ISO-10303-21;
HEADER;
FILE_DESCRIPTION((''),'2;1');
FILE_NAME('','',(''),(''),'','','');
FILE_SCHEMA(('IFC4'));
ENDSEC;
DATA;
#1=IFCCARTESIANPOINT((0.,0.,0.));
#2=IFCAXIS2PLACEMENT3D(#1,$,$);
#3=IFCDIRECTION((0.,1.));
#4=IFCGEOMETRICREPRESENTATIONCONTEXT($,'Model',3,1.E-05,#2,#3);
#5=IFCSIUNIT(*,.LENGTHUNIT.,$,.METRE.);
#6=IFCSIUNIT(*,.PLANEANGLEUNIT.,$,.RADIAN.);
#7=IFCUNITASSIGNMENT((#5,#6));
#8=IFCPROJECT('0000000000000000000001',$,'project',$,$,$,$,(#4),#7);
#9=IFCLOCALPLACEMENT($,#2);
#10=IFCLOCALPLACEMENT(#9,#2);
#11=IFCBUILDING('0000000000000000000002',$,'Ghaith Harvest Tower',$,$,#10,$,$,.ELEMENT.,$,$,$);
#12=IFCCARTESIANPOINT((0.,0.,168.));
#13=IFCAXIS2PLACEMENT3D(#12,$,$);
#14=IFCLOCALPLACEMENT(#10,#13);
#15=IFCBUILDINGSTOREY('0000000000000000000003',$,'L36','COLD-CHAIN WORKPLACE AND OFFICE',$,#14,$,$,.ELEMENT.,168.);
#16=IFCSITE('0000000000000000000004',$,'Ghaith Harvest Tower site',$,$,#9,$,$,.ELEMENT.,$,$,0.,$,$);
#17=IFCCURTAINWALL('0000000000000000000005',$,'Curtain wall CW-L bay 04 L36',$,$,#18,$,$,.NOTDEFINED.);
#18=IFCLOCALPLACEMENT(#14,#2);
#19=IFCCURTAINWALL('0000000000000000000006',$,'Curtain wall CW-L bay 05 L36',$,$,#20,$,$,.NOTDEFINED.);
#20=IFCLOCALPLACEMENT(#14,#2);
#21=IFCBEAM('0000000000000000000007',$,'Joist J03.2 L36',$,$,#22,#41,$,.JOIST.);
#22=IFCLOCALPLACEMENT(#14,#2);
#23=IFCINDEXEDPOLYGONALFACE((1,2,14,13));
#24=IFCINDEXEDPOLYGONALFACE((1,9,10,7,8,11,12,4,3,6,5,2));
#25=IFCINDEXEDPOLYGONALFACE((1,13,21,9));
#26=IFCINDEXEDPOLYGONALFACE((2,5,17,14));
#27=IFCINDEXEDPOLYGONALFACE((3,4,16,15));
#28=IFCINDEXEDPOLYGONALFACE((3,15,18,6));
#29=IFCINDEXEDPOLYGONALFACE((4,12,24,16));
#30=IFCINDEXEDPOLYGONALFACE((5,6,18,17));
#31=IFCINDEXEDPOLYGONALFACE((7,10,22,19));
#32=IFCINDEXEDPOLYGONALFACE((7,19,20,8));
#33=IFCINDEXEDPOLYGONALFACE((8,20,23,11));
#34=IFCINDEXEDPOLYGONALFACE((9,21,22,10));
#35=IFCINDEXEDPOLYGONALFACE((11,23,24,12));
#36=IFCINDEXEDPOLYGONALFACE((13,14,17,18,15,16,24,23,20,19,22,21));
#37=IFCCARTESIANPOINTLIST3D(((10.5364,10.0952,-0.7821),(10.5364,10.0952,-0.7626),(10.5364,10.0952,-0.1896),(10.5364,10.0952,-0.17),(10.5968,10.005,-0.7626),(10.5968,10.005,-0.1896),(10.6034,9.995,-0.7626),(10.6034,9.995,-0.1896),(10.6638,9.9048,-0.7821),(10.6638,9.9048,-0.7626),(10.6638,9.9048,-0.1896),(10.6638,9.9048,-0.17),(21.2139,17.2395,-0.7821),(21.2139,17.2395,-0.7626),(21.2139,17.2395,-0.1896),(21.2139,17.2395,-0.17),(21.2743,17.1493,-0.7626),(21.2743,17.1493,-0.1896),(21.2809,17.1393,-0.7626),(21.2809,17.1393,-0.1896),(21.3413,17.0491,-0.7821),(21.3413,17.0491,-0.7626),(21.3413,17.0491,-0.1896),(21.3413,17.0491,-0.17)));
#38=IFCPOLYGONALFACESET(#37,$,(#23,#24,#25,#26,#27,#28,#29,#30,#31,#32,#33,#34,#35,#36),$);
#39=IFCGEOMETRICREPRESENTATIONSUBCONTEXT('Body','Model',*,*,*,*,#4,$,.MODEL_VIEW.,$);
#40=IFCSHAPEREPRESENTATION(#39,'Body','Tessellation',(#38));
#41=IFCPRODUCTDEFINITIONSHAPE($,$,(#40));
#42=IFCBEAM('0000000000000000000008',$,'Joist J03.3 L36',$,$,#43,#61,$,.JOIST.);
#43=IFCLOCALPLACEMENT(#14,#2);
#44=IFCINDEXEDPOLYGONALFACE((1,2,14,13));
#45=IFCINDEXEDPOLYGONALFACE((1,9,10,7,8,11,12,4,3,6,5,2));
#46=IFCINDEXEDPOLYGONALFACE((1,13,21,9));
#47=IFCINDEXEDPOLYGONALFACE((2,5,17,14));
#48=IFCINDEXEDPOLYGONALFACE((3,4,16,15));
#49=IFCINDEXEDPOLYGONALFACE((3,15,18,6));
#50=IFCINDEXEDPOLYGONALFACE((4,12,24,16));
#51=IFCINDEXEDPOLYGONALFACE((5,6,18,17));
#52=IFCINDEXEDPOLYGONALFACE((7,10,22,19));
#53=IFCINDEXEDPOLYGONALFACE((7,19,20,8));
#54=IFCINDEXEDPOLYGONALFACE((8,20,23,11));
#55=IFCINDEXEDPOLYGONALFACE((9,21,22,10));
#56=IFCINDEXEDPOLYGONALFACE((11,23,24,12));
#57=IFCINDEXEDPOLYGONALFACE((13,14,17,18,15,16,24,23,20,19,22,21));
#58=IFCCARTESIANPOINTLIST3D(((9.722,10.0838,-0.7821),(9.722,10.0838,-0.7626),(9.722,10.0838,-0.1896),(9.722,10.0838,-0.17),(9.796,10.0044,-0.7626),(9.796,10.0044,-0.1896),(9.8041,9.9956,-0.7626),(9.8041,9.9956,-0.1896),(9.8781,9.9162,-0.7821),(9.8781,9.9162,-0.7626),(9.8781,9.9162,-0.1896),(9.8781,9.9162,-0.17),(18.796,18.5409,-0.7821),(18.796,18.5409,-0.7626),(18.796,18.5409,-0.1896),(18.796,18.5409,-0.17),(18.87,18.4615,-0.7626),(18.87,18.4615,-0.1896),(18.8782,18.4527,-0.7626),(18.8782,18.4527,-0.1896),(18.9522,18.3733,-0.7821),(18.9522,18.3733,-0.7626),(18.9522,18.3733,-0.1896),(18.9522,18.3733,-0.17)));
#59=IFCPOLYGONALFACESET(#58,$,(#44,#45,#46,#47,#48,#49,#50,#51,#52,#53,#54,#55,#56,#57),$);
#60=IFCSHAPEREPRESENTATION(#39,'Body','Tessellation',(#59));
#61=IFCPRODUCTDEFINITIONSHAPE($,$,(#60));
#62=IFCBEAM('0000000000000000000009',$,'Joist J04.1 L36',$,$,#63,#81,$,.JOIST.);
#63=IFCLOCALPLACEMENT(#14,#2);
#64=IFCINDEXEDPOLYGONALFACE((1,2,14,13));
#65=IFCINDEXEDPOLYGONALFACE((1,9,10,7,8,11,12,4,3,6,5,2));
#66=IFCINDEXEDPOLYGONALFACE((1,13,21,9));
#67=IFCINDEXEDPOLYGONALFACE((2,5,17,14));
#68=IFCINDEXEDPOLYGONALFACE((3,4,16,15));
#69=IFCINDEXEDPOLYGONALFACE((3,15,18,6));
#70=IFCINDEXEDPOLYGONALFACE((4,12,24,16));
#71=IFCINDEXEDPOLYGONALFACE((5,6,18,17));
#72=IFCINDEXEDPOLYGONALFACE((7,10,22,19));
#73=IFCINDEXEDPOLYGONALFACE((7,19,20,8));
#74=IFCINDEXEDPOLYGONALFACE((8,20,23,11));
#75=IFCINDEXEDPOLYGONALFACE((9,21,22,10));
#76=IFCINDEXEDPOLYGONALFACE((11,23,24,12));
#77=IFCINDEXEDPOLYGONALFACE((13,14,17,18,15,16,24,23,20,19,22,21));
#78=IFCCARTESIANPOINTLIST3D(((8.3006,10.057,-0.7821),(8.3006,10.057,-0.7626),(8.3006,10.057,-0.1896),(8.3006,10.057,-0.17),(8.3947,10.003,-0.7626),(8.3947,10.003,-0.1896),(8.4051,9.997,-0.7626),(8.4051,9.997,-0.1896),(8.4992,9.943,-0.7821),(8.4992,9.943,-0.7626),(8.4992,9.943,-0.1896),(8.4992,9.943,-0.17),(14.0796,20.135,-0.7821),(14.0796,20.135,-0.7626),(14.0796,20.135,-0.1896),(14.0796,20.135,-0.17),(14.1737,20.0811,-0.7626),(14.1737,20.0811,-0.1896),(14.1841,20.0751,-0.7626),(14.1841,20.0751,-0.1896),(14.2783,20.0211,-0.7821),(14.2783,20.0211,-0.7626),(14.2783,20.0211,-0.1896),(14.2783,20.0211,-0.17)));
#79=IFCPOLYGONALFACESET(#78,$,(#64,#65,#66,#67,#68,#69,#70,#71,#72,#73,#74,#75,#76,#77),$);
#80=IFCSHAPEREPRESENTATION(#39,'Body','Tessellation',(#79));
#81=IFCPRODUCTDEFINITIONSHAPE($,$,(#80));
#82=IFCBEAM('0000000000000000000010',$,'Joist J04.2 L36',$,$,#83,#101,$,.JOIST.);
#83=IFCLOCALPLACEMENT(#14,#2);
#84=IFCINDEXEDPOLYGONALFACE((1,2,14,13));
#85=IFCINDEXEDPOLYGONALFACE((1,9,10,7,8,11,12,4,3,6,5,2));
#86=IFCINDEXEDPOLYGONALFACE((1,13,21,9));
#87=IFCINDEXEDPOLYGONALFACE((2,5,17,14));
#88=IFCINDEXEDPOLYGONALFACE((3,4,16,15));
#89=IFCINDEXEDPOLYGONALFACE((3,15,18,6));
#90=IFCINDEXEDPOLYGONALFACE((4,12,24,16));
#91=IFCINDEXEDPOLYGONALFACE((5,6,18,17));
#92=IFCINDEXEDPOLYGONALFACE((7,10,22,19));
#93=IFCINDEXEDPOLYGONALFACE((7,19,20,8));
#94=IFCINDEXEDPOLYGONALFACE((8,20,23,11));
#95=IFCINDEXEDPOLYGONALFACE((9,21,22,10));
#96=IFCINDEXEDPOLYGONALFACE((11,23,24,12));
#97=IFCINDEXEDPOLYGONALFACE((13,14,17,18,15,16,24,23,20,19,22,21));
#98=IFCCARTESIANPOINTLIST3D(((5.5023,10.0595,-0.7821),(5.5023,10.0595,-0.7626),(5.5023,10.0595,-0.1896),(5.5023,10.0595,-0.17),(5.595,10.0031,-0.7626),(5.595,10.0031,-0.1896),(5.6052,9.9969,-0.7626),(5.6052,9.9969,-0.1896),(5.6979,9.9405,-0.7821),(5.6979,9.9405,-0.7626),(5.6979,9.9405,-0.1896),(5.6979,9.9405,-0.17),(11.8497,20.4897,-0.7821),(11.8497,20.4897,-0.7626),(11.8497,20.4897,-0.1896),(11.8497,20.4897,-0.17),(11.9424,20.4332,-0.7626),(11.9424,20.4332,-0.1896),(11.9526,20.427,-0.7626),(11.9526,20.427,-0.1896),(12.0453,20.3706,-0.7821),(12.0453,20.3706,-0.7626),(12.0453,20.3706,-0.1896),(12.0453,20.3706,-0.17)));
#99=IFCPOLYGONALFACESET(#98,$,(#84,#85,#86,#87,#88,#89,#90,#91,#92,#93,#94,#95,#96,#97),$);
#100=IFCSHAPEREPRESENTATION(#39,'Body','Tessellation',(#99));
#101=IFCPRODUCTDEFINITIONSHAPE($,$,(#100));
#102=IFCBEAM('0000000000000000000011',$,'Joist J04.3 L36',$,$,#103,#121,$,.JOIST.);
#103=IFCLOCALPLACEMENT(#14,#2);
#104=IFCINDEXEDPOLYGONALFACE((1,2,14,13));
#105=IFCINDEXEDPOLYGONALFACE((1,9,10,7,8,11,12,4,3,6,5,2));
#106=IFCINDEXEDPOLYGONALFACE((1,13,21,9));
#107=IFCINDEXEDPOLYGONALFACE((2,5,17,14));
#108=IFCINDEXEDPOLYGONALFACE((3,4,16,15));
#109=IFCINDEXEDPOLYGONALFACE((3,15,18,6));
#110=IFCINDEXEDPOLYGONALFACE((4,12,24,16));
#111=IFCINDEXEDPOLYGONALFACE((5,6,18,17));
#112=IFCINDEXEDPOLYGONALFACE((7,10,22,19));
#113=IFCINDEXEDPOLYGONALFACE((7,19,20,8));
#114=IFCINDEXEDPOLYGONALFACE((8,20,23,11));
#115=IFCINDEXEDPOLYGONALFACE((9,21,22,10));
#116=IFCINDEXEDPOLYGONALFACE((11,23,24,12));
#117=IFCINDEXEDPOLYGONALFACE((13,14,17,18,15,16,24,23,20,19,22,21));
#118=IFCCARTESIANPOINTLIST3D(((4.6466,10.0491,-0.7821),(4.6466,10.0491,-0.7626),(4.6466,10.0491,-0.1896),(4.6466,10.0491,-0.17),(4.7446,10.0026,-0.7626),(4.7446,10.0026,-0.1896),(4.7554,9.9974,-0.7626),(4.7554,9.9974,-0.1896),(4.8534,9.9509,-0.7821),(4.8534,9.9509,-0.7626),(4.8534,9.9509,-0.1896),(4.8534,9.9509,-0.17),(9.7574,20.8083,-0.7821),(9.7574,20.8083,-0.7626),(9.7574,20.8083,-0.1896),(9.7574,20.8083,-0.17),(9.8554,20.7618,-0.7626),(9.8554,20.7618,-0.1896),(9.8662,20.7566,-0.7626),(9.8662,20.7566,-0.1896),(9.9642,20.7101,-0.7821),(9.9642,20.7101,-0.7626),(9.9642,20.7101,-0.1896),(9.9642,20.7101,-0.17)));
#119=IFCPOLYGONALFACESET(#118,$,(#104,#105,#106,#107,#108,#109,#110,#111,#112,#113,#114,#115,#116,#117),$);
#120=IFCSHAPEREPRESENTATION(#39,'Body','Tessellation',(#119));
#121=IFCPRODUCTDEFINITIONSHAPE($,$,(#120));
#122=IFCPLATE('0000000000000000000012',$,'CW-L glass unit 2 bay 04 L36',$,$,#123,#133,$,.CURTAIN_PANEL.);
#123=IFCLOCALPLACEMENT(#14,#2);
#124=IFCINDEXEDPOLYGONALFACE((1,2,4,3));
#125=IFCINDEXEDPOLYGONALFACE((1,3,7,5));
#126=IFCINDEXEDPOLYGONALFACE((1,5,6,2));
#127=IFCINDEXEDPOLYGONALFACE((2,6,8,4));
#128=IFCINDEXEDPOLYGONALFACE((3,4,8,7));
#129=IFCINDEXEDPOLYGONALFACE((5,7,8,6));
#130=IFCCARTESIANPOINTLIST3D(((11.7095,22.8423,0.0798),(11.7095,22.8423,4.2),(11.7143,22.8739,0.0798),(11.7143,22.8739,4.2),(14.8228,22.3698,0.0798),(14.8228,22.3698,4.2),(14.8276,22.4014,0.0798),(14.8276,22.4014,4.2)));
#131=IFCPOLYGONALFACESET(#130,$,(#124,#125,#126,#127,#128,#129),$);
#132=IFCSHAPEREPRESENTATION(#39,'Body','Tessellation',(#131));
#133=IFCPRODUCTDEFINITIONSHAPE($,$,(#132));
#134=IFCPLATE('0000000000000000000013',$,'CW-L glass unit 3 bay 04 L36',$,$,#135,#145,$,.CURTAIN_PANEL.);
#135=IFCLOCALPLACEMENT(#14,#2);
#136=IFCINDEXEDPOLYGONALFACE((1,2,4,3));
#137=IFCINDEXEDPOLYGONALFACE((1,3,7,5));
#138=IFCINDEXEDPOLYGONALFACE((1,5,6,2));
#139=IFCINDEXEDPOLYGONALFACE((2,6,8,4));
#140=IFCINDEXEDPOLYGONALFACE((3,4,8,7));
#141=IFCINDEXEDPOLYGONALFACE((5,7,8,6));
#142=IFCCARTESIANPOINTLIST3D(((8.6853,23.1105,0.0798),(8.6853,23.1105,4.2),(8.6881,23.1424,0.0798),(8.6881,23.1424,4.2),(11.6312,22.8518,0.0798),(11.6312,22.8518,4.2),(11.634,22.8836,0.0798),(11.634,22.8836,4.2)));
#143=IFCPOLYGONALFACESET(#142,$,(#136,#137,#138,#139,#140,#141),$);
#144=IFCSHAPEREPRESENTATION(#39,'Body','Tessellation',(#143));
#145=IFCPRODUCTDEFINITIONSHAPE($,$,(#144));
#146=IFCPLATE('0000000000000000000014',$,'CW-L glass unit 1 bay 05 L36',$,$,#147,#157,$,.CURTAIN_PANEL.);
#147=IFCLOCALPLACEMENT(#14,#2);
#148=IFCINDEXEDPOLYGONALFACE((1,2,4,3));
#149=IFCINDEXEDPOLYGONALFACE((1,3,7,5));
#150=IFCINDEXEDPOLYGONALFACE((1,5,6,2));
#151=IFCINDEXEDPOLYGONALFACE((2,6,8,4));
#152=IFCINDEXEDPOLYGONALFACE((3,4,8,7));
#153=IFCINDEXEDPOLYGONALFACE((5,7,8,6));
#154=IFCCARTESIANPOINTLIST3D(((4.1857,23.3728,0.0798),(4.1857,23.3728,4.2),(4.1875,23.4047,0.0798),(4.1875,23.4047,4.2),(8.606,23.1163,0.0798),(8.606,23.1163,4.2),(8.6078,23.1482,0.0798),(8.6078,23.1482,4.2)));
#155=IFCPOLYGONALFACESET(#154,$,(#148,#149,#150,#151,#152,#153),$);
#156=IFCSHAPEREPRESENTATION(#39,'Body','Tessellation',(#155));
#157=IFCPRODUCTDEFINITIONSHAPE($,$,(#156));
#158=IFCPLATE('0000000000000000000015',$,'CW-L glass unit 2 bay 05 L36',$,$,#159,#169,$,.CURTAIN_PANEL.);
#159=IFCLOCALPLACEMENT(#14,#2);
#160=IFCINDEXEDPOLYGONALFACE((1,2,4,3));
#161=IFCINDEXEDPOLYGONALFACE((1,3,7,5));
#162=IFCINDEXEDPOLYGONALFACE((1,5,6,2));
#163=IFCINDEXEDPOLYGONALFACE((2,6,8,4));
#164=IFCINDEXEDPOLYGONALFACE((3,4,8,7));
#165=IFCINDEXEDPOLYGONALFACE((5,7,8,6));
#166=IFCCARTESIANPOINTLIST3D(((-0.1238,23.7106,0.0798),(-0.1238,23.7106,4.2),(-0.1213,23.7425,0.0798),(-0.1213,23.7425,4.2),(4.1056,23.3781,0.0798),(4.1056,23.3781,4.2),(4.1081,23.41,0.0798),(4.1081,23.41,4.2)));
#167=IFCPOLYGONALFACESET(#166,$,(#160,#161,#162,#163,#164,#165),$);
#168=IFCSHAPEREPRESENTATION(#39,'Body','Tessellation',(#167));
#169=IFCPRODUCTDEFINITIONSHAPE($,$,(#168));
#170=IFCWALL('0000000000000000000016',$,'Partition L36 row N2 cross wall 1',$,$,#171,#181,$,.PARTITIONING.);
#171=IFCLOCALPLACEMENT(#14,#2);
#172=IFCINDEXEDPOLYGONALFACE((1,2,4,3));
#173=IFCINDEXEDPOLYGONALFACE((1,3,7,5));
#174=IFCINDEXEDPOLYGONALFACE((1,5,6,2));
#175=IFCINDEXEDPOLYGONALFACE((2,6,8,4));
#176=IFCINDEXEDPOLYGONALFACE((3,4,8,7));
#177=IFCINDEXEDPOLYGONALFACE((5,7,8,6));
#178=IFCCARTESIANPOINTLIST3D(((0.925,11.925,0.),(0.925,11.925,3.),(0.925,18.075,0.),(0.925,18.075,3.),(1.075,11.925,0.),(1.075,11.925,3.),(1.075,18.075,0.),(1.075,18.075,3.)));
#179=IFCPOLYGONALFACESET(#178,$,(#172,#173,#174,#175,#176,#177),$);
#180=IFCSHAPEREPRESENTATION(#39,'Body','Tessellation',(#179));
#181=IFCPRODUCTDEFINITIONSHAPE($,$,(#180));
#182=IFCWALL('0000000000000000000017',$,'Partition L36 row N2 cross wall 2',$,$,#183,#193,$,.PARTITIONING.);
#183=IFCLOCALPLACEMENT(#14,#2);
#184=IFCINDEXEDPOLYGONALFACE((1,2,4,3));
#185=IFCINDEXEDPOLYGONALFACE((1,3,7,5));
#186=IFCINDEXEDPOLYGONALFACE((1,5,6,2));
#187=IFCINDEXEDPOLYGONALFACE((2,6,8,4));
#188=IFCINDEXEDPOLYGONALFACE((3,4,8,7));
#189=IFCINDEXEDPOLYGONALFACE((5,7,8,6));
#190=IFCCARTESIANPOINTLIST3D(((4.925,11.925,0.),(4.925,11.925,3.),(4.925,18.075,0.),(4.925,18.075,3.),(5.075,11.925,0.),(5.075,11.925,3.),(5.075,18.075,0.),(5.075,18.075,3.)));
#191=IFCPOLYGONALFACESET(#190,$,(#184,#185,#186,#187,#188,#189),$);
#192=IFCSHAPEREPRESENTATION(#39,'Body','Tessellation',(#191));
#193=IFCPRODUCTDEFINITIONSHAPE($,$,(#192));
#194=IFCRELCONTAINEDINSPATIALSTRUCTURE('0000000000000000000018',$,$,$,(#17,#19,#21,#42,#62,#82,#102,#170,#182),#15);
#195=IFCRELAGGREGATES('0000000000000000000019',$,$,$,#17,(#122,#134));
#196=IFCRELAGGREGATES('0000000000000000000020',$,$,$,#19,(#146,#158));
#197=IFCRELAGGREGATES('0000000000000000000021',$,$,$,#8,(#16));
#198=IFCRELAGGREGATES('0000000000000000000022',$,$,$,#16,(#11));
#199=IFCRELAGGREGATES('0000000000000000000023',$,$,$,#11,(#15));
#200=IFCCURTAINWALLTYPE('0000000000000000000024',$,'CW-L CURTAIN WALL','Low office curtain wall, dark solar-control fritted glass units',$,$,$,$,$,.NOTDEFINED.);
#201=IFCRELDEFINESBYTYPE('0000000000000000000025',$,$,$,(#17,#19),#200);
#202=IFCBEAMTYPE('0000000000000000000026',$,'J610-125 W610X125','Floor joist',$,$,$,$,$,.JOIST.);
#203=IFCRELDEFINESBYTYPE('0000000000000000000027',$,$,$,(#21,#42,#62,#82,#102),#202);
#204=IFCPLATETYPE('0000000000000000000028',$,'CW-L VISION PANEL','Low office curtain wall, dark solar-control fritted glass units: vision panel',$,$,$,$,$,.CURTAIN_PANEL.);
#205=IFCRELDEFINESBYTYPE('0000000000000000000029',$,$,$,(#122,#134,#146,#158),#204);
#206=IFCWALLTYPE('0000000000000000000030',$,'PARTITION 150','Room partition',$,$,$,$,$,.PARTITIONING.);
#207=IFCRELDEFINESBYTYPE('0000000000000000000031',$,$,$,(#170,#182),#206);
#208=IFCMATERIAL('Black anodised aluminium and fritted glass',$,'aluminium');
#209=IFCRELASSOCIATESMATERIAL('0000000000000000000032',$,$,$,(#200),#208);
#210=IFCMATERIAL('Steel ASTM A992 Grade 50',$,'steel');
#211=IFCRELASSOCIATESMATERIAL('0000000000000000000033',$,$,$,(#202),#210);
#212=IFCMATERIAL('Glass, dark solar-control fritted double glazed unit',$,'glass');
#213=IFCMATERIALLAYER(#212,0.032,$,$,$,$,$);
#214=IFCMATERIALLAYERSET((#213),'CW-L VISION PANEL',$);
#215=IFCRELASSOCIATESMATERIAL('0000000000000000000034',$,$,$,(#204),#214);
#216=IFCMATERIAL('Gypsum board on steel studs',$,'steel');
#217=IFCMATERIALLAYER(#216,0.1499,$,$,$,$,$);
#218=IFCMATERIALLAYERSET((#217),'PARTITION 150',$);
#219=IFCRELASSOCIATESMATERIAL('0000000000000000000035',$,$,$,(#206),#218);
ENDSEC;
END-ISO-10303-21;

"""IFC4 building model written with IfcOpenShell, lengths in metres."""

from ifc_helpers import new_model, si_unit, direction, frame, frame_2d, origin, origin_2d, place, context, subcontext, project, spatial, rectangle, i_section, extrude, material, layer, layer_set, material_profile, profile_set, type_object, element, aggregate, save


model = new_model("IFC4")

# Units and contexts
model_context = context("Model", 3, precision=1e-05, world=origin(), true_north=direction((0.0, 1.0)))
body_context = subcontext(model_context, "Body", "Model", "MODEL_VIEW")
ifc_project = project(units=[si_unit("LENGTHUNIT", "METRE"), si_unit("PLANEANGLEUNIT", "RADIAN")], contexts=[model_context])

# Site, building, storey
site_placement = place(None, origin())
site = spatial("IfcSite", under=ifc_project, at=site_placement, Name="Ghaith Harvest Tower site", CompositionType="ELEMENT", RefElevation=0.0)
building_placement = place(site_placement, origin())
building = spatial("IfcBuilding", under=site, at=building_placement, Name="Ghaith Harvest Tower", CompositionType="ELEMENT")
storey_placement = place(building_placement, frame((0.0, 0.0, 168.0)))
storey = spatial("IfcBuildingStorey", under=building, at=storey_placement, Name="L36", Description="COLD-CHAIN WORKPLACE AND OFFICE", CompositionType="ELEMENT", Elevation=168.0)

# Curtain wall
ifc_material_1 = material(Name="Black anodised aluminium and fritted glass", Category="aluminium")
curtain_wall_type = type_object("IfcCurtainWallType", Name="CW-L CURTAIN WALL", Description="Low office curtain wall, dark solar-control fritted glass units", PredefinedType="NOTDEFINED", material=ifc_material_1)
curtain_wall_1_placement = place(storey_placement, origin())
curtain_wall_1 = element("IfcCurtainWall", 1, at=curtain_wall_1_placement, inside=storey, type_object=curtain_wall_type, Name="Curtain wall CW-L bay 04 L36", PredefinedType="NOTDEFINED")

# Curtain wall
curtain_wall_2_placement = place(storey_placement, origin())
curtain_wall_2 = element("IfcCurtainWall", 2, at=curtain_wall_2_placement, inside=storey, type_object=curtain_wall_type, Name="Curtain wall CW-L bay 05 L36", PredefinedType="NOTDEFINED")

# Beams
ifc_material_2 = material(Name="Steel ASTM A992 Grade 50", Category="steel")
ifc_material_profile_1 = material_profile(ifc_material_2, i_section(OverallWidth=0.229, OverallDepth=0.6121, WebThickness=0.012, FlangeThickness=0.0195, at=origin_2d()), Name="W610X125")
ifc_profile_set_1 = profile_set([ifc_material_profile_1], Name="Steel ASTM A992 Grade 50")
beam_type_1 = type_object("IfcBeamType", Name="J610-125 W610X125", Description="Floor joist", PredefinedType="JOIST", material=ifc_profile_set_1)
beam_1_placement = place(storey_placement, frame((10.6001, 10.0, -0.4761), z_axis=(0.831116, 0.556098, 0.0), x_axis=(-0.556098, 0.831116, 0.0)))
element("IfcBeam", 3, at=beam_1_placement, inside=storey, type_object=beam_type_1, Name="Joist J03.2 L36", PredefinedType="JOIST", context=body_context, shape_type="SweptSolid", body=[
    extrude(i_section(OverallWidth=0.229, OverallDepth=0.6121, WebThickness=0.012, FlangeThickness=0.0195, at=origin_2d()), origin(), (0.0, 0.0, 1.0), 12.8472),
])
beam_2_placement = place(storey_placement, frame((9.8, 10.0, -0.4761), z_axis=(0.731538, 0.681801, 0.0), x_axis=(-0.681801, 0.731538, 0.0)))
element("IfcBeam", 4, at=beam_2_placement, inside=storey, type_object=beam_type_1, Name="Joist J03.3 L36", PredefinedType="JOIST", context=body_context, shape_type="SweptSolid", body=[
    extrude(i_section(OverallWidth=0.229, OverallDepth=0.6121, WebThickness=0.012, FlangeThickness=0.0195, at=origin_2d()), origin(), (0.0, 0.0, 1.0), 12.4041),
])
beam_3_placement = place(storey_placement, frame((8.3999, 10.0, -0.4761), z_axis=(0.497444, 0.867496, 0.0), x_axis=(-0.867496, 0.497444, 0.0)))
element("IfcBeam", 5, at=beam_3_placement, inside=storey, type_object=beam_type_1, Name="Joist J04.1 L36", PredefinedType="JOIST", context=body_context, shape_type="SweptSolid", body=[
    extrude(i_section(OverallWidth=0.229, OverallDepth=0.6121, WebThickness=0.012, FlangeThickness=0.0195, at=origin_2d()), origin(), (0.0, 0.0, 1.0), 11.6174),
])
beam_4_placement = place(storey_placement, frame((5.6001, 10.0, -0.4761), z_axis=(0.519864, 0.854249, 0.0), x_axis=(-0.854249, 0.519864, 0.0)))
element("IfcBeam", 6, at=beam_4_placement, inside=storey, type_object=beam_type_1, Name="Joist J04.2 L36", PredefinedType="JOIST", context=body_context, shape_type="SweptSolid", body=[
    extrude(i_section(OverallWidth=0.229, OverallDepth=0.6121, WebThickness=0.012, FlangeThickness=0.0195, at=origin_2d()), origin(), (0.0, 0.0, 1.0), 12.2097),
])
beam_5_placement = place(storey_placement, frame((4.75, 10.0, -0.4761), z_axis=(0.429069, 0.903272, 0.0), x_axis=(-0.903272, 0.429069, 0.0)))
element("IfcBeam", 7, at=beam_5_placement, inside=storey, type_object=beam_type_1, Name="Joist J04.3 L36", PredefinedType="JOIST", context=body_context, shape_type="SweptSolid", body=[
    extrude(i_section(OverallWidth=0.229, OverallDepth=0.6121, WebThickness=0.012, FlangeThickness=0.0195, at=origin_2d()), origin(), (0.0, 0.0, 1.0), 11.9114),
])

# Plates
ifc_material_3 = material(Name="Glass, dark solar-control fritted double glazed unit", Category="glass")
ifc_layer_1 = layer(ifc_material_3, 0.032)
ifc_layer_set_1 = layer_set([ifc_layer_1], Name="CW-L VISION PANEL")
plate_type = type_object("IfcPlateType", Name="CW-L VISION PANEL", Description="Low office curtain wall, dark solar-control fritted glass units: vision panel", PredefinedType="CURTAIN_PANEL", material=ifc_layer_set_1)
plate_1_placement = place(storey_placement, frame((13.2686, 22.6218, 0.0798), z_axis=(0.0, 0.0, 1.0), x_axis=(-0.988679, 0.150048, 0.0)))
plate_1 = element("IfcPlate", 8, at=plate_1_placement, type_object=plate_type, Name="CW-L glass unit 2 bay 04 L36", PredefinedType="CURTAIN_PANEL", context=body_context, shape_type="SweptSolid", body=[
    extrude(rectangle(XDim=3.1489, YDim=0.032, at=origin_2d()), origin(), (0.0, 0.0, 1.0), 4.1201),
])
plate_2_placement = place(storey_placement, frame((10.1597, 22.9971, 0.0798), z_axis=(0.0, 0.0, 1.0), x_axis=(-0.996166, 0.087481, 0.0)))
plate_2 = element("IfcPlate", 9, at=plate_2_placement, type_object=plate_type, Name="CW-L glass unit 3 bay 04 L36", PredefinedType="CURTAIN_PANEL", context=body_context, shape_type="SweptSolid", body=[
    extrude(rectangle(XDim=2.9573, YDim=0.032, at=origin_2d()), origin(), (0.0, 0.0, 1.0), 4.1201),
])
aggregate(curtain_wall_1, [plate_1, plate_2])
plate_3_placement = place(storey_placement, frame((6.3967, 23.2605, 0.0798), z_axis=(0.0, 0.0, 1.0), x_axis=(-0.998321, 0.057927, 0.0)))
plate_3 = element("IfcPlate", 10, at=plate_3_placement, type_object=plate_type, Name="CW-L glass unit 1 bay 05 L36", PredefinedType="CURTAIN_PANEL", context=body_context, shape_type="SweptSolid", body=[
    extrude(rectangle(XDim=4.4277, YDim=0.032, at=origin_2d()), origin(), (0.0, 0.0, 1.0), 4.1201),
])
plate_4_placement = place(storey_placement, frame((1.9922, 23.5603, 0.0798), z_axis=(0.0, 0.0, 1.0), x_axis=(-0.996925, 0.07836, 0.0)))
plate_4 = element("IfcPlate", 11, at=plate_4_placement, type_object=plate_type, Name="CW-L glass unit 2 bay 05 L36", PredefinedType="CURTAIN_PANEL", context=body_context, shape_type="SweptSolid", body=[
    extrude(rectangle(XDim=4.2424, YDim=0.032, at=origin_2d()), origin(), (0.0, 0.0, 1.0), 4.1201),
])
aggregate(curtain_wall_2, [plate_3, plate_4])

# Walls
ifc_material_4 = material(Name="Gypsum board on steel studs", Category="steel")
ifc_layer_2 = layer(ifc_material_4, 0.1499)
ifc_layer_set_2 = layer_set([ifc_layer_2], Name="PARTITION 150")
wall_type = type_object("IfcWallType", Name="PARTITION 150", Description="Room partition", PredefinedType="PARTITIONING", material=ifc_layer_set_2)
for number, where, z_axis, x_axis, name in (
    (12, (1.0, 11.925, 0.0), (0.0, 0.0, 1.0), (0.0, 1.0, 0.0), "Partition L36 row N2 cross wall 1"),
    (13, (5.0, 11.925, 0.0), (0.0, 0.0, 1.0), (0.0, 1.0, 0.0), "Partition L36 row N2 cross wall 2"),
):
    element("IfcWall", number, at=place(storey_placement, frame(where, z_axis=z_axis, x_axis=x_axis)), inside=storey, type_object=wall_type, Name=name, PredefinedType="PARTITIONING", context=body_context, shape_type="SweptSolid", body=[
        extrude(rectangle(XDim=6.1499, YDim=0.1499, at=frame_2d((3.075, 0.0))), origin(), (0.0, 0.0, 1.0), 3.0),
    ])

save(model, "model.ifc")
